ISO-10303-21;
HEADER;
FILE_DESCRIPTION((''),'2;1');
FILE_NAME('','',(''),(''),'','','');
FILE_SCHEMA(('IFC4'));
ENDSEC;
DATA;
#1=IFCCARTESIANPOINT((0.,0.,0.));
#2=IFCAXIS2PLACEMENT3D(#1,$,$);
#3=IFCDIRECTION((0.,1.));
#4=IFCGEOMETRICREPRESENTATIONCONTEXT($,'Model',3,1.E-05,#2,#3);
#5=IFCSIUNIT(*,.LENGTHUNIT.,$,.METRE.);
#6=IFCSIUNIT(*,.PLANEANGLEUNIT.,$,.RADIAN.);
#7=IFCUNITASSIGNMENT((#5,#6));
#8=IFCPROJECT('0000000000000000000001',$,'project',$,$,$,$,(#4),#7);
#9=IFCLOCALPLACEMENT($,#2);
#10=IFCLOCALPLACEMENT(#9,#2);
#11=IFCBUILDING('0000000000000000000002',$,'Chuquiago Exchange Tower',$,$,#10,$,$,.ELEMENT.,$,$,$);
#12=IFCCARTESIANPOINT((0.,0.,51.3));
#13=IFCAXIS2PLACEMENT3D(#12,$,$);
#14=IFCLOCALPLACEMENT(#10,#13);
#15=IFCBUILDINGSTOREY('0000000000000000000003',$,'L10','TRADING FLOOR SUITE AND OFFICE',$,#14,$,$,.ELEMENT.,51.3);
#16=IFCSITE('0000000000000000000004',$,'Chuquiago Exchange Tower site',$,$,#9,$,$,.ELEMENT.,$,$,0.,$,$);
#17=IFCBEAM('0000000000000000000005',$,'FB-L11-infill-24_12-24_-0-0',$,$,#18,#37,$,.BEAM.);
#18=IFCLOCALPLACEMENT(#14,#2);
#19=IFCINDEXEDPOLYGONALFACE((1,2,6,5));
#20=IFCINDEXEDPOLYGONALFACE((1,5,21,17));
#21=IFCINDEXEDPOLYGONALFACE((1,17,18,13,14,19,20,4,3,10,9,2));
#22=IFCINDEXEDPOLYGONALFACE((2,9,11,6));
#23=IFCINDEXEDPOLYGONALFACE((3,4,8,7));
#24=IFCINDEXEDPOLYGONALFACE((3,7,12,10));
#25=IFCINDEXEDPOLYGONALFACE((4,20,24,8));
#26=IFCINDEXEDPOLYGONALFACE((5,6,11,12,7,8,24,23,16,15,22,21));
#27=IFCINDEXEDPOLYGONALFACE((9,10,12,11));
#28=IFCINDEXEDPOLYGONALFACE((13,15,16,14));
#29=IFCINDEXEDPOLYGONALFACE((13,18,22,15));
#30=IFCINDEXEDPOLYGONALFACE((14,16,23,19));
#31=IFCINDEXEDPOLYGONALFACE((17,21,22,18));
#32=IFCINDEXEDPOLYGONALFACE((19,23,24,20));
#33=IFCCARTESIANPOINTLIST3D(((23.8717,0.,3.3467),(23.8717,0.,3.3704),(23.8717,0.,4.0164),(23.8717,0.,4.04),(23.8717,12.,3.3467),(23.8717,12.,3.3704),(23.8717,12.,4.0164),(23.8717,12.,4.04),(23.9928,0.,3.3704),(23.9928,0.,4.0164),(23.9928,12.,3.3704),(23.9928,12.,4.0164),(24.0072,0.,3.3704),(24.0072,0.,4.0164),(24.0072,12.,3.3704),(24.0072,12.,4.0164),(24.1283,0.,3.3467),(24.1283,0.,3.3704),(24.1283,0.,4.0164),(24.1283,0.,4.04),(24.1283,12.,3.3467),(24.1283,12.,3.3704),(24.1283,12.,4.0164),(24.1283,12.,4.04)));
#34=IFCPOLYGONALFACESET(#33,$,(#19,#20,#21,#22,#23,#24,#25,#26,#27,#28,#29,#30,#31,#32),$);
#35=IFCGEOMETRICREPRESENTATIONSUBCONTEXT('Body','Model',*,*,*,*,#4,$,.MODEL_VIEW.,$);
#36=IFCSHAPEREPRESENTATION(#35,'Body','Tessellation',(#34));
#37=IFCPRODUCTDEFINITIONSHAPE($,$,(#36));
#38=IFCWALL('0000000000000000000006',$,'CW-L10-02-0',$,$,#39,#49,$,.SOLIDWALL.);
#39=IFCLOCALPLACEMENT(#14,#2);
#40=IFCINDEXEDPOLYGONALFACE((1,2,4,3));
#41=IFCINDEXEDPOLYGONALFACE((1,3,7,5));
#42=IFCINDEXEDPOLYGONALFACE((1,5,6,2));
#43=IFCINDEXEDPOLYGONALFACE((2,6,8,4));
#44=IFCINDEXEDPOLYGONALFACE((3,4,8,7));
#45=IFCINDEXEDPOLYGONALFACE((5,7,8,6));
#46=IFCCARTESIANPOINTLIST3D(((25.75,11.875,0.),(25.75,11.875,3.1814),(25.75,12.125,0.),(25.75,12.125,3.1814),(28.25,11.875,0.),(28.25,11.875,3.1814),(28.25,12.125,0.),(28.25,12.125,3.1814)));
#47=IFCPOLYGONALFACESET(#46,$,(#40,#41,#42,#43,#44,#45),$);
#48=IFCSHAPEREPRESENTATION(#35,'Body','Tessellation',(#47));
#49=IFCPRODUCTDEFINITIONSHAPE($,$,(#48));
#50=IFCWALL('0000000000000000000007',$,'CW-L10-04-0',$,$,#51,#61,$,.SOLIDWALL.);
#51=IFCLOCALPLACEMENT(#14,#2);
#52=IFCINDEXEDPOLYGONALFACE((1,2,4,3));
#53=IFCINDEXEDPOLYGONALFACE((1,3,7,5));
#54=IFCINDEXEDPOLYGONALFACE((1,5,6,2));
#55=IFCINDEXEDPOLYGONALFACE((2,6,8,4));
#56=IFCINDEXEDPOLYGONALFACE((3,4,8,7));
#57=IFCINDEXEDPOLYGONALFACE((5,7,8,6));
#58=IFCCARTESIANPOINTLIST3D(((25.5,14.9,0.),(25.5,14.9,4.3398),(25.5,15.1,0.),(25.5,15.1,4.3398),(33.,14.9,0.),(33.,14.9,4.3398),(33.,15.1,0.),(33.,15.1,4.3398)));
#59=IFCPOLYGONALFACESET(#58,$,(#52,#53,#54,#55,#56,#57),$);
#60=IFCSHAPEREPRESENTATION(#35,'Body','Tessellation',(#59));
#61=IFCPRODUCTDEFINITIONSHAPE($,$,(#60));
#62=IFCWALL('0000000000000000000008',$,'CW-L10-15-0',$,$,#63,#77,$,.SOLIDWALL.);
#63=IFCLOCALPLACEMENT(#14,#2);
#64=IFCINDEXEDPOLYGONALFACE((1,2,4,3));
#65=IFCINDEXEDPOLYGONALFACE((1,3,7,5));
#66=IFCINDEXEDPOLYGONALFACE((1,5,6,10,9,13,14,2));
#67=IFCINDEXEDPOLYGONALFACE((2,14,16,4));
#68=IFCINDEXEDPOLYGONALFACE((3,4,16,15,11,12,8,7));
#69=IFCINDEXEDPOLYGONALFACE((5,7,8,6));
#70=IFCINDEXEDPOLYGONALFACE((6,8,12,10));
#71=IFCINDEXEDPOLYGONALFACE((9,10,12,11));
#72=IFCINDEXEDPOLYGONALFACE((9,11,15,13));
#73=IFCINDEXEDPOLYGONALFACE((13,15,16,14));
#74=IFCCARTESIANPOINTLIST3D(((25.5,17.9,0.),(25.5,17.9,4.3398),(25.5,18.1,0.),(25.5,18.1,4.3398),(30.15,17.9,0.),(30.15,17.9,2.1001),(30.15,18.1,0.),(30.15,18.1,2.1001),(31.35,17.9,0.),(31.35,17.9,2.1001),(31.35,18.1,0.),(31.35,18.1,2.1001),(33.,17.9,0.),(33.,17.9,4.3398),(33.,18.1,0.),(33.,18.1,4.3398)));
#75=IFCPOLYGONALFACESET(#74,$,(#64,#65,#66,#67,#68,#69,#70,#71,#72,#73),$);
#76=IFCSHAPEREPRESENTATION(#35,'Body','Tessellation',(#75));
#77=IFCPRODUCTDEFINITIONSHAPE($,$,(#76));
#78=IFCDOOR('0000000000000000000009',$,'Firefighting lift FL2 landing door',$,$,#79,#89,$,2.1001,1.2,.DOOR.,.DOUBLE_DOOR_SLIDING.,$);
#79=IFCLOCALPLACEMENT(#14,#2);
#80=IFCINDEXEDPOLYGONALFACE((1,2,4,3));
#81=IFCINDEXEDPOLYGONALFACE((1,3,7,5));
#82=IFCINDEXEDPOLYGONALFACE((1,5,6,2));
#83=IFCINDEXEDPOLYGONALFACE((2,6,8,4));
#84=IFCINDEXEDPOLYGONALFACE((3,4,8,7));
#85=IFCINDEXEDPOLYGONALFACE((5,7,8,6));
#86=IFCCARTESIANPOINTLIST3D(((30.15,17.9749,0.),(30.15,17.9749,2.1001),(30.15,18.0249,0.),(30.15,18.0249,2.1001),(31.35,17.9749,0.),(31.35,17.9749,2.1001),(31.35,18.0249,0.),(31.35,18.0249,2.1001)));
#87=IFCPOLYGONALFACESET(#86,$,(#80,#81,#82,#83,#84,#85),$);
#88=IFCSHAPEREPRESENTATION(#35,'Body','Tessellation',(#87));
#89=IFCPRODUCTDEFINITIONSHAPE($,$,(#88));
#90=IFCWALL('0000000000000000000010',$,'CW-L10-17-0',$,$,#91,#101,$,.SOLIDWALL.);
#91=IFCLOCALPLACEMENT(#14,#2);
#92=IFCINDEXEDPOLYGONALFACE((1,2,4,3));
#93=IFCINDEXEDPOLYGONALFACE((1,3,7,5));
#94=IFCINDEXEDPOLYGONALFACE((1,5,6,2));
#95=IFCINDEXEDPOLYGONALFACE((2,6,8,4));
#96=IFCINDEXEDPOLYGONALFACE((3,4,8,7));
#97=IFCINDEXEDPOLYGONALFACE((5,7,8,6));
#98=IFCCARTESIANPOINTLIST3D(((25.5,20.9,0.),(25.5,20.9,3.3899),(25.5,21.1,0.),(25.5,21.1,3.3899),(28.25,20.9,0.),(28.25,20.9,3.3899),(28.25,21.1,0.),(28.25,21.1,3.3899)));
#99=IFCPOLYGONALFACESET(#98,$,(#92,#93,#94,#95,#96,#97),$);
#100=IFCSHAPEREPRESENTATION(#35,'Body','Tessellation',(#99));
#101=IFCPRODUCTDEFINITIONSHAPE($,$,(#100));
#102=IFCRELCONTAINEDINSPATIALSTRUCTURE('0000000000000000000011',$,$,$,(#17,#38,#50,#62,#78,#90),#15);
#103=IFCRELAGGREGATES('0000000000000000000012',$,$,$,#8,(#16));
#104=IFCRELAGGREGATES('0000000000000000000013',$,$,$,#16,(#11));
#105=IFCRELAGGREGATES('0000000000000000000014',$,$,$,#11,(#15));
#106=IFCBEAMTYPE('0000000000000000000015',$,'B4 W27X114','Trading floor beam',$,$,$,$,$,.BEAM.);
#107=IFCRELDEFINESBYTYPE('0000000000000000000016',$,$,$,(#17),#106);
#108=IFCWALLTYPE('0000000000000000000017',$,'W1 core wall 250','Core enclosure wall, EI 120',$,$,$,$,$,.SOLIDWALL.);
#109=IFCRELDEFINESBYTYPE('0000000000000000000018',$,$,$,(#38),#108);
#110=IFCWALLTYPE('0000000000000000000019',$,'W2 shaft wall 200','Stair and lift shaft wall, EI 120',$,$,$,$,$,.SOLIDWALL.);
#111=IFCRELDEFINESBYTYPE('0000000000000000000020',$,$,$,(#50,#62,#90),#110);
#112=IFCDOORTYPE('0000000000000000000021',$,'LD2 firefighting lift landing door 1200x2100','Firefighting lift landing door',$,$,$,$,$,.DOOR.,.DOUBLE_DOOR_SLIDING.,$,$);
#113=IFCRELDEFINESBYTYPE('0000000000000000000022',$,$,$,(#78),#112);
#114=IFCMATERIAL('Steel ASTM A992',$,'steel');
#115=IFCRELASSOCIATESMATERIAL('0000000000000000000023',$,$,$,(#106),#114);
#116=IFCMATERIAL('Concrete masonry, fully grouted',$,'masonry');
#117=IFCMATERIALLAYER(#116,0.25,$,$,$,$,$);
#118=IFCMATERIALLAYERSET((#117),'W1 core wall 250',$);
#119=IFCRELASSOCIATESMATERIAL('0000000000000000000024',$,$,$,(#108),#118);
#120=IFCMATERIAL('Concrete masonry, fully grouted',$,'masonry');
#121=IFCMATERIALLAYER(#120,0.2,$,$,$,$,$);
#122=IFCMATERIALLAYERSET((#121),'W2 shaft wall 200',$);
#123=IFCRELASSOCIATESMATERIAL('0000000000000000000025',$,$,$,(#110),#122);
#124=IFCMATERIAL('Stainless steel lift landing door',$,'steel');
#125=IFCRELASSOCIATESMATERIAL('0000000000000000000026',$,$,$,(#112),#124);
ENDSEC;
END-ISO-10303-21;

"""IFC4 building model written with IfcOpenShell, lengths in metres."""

from ifc_helpers import new_model, si_unit, direction, frame, frame_2d, origin, origin_2d, place, context, subcontext, project, spatial, rectangle, i_section, extrude, material, layer, layer_set, material_profile, profile_set, type_object, element, fill, save


model = new_model("IFC4")

# Units and contexts
model_context = context("Model", 3, precision=1e-05, world=origin(), true_north=direction((0.0, 1.0)))
body_context = subcontext(model_context, "Body", "Model", "MODEL_VIEW")
ifc_project = project(units=[si_unit("LENGTHUNIT", "METRE"), si_unit("PLANEANGLEUNIT", "RADIAN")], contexts=[model_context])

# Site, building, storey
site_placement = place(None, origin())
site = spatial("IfcSite", under=ifc_project, at=site_placement, Name="Chuquiago Exchange Tower site", CompositionType="ELEMENT", RefElevation=0.0)
building_placement = place(site_placement, origin())
building = spatial("IfcBuilding", under=site, at=building_placement, Name="Chuquiago Exchange Tower", CompositionType="ELEMENT")
storey_placement = place(building_placement, frame((0.0, 0.0, 51.3)))
storey = spatial("IfcBuildingStorey", under=building, at=storey_placement, Name="L10", Description="TRADING FLOOR SUITE AND OFFICE", CompositionType="ELEMENT", Elevation=51.3)

# Beam
ifc_material_1 = material(Name="Steel ASTM A992", Category="steel")
ifc_material_profile_1 = material_profile(ifc_material_1, i_section(OverallWidth=0.2566, OverallDepth=0.6934, WebThickness=0.0144, FlangeThickness=0.0237, at=origin_2d()), Name="W27X114")
ifc_profile_set_1 = profile_set([ifc_material_profile_1], Name="Steel ASTM A992")
beam_type_1 = type_object("IfcBeamType", Name="B4 W27X114", Description="Trading floor beam", PredefinedType="BEAM", material=ifc_profile_set_1)
for number, where, z_axis, x_axis, name in (
    (1, (24.0, 12.0, 3.6934), (0.0, -1.0, 0.0), (1.0, 0.0, 0.0), "FB-L11-infill-24_12-24_-0-0"),
):
    element("IfcBeam", number, at=place(storey_placement, frame(where, z_axis=z_axis, x_axis=x_axis)), inside=storey, type_object=beam_type_1, Name=name, PredefinedType="BEAM", context=body_context, shape_type="SweptSolid", body=[
        extrude(i_section(OverallWidth=0.2566, OverallDepth=0.6934, WebThickness=0.0144, FlangeThickness=0.0237, at=origin_2d()), origin(), (0.0, 0.0, 1.0), 12.0),
    ])

# Walls
ifc_material_2 = material(Name="Concrete masonry, fully grouted", Category="masonry")
ifc_layer_1 = layer(ifc_material_2, 0.25)
ifc_layer_set_1 = layer_set([ifc_layer_1], Name="W1 core wall 250")
wall_type_1 = type_object("IfcWallType", Name="W1 core wall 250", Description="Core enclosure wall, EI 120", PredefinedType="SOLIDWALL", material=ifc_layer_set_1)
wall_1_placement = place(storey_placement, frame((25.75, 12.0, 0.0), z_axis=(0.0, 0.0, 1.0), x_axis=(1.0, 0.0, 0.0)))
element("IfcWall", 2, at=wall_1_placement, inside=storey, type_object=wall_type_1, Name="CW-L10-02-0", PredefinedType="SOLIDWALL", context=body_context, shape_type="SweptSolid", body=[
    extrude(rectangle(XDim=2.5, YDim=0.25, at=frame_2d((1.25, 0.0))), origin(), (0.0, 0.0, 1.0), 3.1814),
])
ifc_material_3 = material(Name="Concrete masonry, fully grouted", Category="masonry")
ifc_layer_2 = layer(ifc_material_3, 0.2)
ifc_layer_set_2 = layer_set([ifc_layer_2], Name="W2 shaft wall 200")
wall_type_2 = type_object("IfcWallType", Name="W2 shaft wall 200", Description="Stair and lift shaft wall, EI 120", PredefinedType="SOLIDWALL", material=ifc_layer_set_2)
wall_2_placement = place(storey_placement, frame((25.5, 15.0, 0.0), z_axis=(0.0, 0.0, 1.0), x_axis=(1.0, 0.0, 0.0)))
element("IfcWall", 3, at=wall_2_placement, inside=storey, type_object=wall_type_2, Name="CW-L10-04-0", PredefinedType="SOLIDWALL", context=body_context, shape_type="SweptSolid", body=[
    extrude(rectangle(XDim=7.5, YDim=0.2, at=frame_2d((3.75, 0.0))), origin(), (0.0, 0.0, 1.0), 4.3398),
])

# Wall, opening, door
wall_3_placement = place(storey_placement, frame((25.5, 18.0, 0.0), z_axis=(0.0, 0.0, 1.0), x_axis=(1.0, 0.0, 0.0)))
wall_3 = element("IfcWall", 4, at=wall_3_placement, inside=storey, type_object=wall_type_2, Name="CW-L10-15-0", PredefinedType="SOLIDWALL", context=body_context, shape_type="SweptSolid", body=[
    extrude(rectangle(XDim=7.5, YDim=0.2, at=frame_2d((3.75, 0.0))), origin(), (0.0, 0.0, 1.0), 4.3398),
])
opening_1_placement = place(wall_3_placement, frame((4.6499, 0.0, 0.0)))
opening_1 = element("IfcOpeningElement", 5, at=opening_1_placement, cuts=wall_3, PredefinedType="OPENING", context=body_context, shape_type="SweptSolid", body=[
    extrude(rectangle(XDim=1.2, YDim=2.1001, at=frame_2d((0.6001, 1.05))), frame((0.0, 0.1099, 0.0), z_axis=(0.0, -1.0, 0.0), x_axis=(1.0, 0.0, 0.0)), (0.0, 0.0, 1.0), 0.22),
])
ifc_material_4 = material(Name="Stainless steel lift landing door", Category="steel")
door_type_1 = type_object("IfcDoorType", Name="LD2 firefighting lift landing door 1200x2100", Description="Firefighting lift landing door", OperationType="DOUBLE_DOOR_SLIDING", PredefinedType="DOOR", material=ifc_material_4)
door_1_placement = place(opening_1_placement, origin())
door_1 = element("IfcDoor", 6, at=door_1_placement, inside=storey, type_object=door_type_1, Name="Firefighting lift FL2 landing door", OperationType="DOUBLE_DOOR_SLIDING", OverallHeight=2.1001, OverallWidth=1.2, PredefinedType="DOOR", context=body_context, shape_type="SweptSolid", body=[
    extrude(rectangle(XDim=1.2, YDim=2.1001, at=frame_2d((0.6001, 1.05))), frame((0.0, 0.0249, 0.0), z_axis=(0.0, -1.0, 0.0), x_axis=(1.0, 0.0, 0.0)), (0.0, 0.0, 1.0), 0.05),
])
fill(opening_1, door_1)

# Wall
wall_4_placement = place(storey_placement, frame((25.5, 21.0, 0.0), z_axis=(0.0, 0.0, 1.0), x_axis=(1.0, 0.0, 0.0)))
element("IfcWall", 7, at=wall_4_placement, inside=storey, type_object=wall_type_2, Name="CW-L10-17-0", PredefinedType="SOLIDWALL", context=body_context, shape_type="SweptSolid", body=[
    extrude(rectangle(XDim=2.75, YDim=0.2, at=frame_2d((1.375, 0.0))), origin(), (0.0, 0.0, 1.0), 3.3899),
])

save(model, "model.ifc")
